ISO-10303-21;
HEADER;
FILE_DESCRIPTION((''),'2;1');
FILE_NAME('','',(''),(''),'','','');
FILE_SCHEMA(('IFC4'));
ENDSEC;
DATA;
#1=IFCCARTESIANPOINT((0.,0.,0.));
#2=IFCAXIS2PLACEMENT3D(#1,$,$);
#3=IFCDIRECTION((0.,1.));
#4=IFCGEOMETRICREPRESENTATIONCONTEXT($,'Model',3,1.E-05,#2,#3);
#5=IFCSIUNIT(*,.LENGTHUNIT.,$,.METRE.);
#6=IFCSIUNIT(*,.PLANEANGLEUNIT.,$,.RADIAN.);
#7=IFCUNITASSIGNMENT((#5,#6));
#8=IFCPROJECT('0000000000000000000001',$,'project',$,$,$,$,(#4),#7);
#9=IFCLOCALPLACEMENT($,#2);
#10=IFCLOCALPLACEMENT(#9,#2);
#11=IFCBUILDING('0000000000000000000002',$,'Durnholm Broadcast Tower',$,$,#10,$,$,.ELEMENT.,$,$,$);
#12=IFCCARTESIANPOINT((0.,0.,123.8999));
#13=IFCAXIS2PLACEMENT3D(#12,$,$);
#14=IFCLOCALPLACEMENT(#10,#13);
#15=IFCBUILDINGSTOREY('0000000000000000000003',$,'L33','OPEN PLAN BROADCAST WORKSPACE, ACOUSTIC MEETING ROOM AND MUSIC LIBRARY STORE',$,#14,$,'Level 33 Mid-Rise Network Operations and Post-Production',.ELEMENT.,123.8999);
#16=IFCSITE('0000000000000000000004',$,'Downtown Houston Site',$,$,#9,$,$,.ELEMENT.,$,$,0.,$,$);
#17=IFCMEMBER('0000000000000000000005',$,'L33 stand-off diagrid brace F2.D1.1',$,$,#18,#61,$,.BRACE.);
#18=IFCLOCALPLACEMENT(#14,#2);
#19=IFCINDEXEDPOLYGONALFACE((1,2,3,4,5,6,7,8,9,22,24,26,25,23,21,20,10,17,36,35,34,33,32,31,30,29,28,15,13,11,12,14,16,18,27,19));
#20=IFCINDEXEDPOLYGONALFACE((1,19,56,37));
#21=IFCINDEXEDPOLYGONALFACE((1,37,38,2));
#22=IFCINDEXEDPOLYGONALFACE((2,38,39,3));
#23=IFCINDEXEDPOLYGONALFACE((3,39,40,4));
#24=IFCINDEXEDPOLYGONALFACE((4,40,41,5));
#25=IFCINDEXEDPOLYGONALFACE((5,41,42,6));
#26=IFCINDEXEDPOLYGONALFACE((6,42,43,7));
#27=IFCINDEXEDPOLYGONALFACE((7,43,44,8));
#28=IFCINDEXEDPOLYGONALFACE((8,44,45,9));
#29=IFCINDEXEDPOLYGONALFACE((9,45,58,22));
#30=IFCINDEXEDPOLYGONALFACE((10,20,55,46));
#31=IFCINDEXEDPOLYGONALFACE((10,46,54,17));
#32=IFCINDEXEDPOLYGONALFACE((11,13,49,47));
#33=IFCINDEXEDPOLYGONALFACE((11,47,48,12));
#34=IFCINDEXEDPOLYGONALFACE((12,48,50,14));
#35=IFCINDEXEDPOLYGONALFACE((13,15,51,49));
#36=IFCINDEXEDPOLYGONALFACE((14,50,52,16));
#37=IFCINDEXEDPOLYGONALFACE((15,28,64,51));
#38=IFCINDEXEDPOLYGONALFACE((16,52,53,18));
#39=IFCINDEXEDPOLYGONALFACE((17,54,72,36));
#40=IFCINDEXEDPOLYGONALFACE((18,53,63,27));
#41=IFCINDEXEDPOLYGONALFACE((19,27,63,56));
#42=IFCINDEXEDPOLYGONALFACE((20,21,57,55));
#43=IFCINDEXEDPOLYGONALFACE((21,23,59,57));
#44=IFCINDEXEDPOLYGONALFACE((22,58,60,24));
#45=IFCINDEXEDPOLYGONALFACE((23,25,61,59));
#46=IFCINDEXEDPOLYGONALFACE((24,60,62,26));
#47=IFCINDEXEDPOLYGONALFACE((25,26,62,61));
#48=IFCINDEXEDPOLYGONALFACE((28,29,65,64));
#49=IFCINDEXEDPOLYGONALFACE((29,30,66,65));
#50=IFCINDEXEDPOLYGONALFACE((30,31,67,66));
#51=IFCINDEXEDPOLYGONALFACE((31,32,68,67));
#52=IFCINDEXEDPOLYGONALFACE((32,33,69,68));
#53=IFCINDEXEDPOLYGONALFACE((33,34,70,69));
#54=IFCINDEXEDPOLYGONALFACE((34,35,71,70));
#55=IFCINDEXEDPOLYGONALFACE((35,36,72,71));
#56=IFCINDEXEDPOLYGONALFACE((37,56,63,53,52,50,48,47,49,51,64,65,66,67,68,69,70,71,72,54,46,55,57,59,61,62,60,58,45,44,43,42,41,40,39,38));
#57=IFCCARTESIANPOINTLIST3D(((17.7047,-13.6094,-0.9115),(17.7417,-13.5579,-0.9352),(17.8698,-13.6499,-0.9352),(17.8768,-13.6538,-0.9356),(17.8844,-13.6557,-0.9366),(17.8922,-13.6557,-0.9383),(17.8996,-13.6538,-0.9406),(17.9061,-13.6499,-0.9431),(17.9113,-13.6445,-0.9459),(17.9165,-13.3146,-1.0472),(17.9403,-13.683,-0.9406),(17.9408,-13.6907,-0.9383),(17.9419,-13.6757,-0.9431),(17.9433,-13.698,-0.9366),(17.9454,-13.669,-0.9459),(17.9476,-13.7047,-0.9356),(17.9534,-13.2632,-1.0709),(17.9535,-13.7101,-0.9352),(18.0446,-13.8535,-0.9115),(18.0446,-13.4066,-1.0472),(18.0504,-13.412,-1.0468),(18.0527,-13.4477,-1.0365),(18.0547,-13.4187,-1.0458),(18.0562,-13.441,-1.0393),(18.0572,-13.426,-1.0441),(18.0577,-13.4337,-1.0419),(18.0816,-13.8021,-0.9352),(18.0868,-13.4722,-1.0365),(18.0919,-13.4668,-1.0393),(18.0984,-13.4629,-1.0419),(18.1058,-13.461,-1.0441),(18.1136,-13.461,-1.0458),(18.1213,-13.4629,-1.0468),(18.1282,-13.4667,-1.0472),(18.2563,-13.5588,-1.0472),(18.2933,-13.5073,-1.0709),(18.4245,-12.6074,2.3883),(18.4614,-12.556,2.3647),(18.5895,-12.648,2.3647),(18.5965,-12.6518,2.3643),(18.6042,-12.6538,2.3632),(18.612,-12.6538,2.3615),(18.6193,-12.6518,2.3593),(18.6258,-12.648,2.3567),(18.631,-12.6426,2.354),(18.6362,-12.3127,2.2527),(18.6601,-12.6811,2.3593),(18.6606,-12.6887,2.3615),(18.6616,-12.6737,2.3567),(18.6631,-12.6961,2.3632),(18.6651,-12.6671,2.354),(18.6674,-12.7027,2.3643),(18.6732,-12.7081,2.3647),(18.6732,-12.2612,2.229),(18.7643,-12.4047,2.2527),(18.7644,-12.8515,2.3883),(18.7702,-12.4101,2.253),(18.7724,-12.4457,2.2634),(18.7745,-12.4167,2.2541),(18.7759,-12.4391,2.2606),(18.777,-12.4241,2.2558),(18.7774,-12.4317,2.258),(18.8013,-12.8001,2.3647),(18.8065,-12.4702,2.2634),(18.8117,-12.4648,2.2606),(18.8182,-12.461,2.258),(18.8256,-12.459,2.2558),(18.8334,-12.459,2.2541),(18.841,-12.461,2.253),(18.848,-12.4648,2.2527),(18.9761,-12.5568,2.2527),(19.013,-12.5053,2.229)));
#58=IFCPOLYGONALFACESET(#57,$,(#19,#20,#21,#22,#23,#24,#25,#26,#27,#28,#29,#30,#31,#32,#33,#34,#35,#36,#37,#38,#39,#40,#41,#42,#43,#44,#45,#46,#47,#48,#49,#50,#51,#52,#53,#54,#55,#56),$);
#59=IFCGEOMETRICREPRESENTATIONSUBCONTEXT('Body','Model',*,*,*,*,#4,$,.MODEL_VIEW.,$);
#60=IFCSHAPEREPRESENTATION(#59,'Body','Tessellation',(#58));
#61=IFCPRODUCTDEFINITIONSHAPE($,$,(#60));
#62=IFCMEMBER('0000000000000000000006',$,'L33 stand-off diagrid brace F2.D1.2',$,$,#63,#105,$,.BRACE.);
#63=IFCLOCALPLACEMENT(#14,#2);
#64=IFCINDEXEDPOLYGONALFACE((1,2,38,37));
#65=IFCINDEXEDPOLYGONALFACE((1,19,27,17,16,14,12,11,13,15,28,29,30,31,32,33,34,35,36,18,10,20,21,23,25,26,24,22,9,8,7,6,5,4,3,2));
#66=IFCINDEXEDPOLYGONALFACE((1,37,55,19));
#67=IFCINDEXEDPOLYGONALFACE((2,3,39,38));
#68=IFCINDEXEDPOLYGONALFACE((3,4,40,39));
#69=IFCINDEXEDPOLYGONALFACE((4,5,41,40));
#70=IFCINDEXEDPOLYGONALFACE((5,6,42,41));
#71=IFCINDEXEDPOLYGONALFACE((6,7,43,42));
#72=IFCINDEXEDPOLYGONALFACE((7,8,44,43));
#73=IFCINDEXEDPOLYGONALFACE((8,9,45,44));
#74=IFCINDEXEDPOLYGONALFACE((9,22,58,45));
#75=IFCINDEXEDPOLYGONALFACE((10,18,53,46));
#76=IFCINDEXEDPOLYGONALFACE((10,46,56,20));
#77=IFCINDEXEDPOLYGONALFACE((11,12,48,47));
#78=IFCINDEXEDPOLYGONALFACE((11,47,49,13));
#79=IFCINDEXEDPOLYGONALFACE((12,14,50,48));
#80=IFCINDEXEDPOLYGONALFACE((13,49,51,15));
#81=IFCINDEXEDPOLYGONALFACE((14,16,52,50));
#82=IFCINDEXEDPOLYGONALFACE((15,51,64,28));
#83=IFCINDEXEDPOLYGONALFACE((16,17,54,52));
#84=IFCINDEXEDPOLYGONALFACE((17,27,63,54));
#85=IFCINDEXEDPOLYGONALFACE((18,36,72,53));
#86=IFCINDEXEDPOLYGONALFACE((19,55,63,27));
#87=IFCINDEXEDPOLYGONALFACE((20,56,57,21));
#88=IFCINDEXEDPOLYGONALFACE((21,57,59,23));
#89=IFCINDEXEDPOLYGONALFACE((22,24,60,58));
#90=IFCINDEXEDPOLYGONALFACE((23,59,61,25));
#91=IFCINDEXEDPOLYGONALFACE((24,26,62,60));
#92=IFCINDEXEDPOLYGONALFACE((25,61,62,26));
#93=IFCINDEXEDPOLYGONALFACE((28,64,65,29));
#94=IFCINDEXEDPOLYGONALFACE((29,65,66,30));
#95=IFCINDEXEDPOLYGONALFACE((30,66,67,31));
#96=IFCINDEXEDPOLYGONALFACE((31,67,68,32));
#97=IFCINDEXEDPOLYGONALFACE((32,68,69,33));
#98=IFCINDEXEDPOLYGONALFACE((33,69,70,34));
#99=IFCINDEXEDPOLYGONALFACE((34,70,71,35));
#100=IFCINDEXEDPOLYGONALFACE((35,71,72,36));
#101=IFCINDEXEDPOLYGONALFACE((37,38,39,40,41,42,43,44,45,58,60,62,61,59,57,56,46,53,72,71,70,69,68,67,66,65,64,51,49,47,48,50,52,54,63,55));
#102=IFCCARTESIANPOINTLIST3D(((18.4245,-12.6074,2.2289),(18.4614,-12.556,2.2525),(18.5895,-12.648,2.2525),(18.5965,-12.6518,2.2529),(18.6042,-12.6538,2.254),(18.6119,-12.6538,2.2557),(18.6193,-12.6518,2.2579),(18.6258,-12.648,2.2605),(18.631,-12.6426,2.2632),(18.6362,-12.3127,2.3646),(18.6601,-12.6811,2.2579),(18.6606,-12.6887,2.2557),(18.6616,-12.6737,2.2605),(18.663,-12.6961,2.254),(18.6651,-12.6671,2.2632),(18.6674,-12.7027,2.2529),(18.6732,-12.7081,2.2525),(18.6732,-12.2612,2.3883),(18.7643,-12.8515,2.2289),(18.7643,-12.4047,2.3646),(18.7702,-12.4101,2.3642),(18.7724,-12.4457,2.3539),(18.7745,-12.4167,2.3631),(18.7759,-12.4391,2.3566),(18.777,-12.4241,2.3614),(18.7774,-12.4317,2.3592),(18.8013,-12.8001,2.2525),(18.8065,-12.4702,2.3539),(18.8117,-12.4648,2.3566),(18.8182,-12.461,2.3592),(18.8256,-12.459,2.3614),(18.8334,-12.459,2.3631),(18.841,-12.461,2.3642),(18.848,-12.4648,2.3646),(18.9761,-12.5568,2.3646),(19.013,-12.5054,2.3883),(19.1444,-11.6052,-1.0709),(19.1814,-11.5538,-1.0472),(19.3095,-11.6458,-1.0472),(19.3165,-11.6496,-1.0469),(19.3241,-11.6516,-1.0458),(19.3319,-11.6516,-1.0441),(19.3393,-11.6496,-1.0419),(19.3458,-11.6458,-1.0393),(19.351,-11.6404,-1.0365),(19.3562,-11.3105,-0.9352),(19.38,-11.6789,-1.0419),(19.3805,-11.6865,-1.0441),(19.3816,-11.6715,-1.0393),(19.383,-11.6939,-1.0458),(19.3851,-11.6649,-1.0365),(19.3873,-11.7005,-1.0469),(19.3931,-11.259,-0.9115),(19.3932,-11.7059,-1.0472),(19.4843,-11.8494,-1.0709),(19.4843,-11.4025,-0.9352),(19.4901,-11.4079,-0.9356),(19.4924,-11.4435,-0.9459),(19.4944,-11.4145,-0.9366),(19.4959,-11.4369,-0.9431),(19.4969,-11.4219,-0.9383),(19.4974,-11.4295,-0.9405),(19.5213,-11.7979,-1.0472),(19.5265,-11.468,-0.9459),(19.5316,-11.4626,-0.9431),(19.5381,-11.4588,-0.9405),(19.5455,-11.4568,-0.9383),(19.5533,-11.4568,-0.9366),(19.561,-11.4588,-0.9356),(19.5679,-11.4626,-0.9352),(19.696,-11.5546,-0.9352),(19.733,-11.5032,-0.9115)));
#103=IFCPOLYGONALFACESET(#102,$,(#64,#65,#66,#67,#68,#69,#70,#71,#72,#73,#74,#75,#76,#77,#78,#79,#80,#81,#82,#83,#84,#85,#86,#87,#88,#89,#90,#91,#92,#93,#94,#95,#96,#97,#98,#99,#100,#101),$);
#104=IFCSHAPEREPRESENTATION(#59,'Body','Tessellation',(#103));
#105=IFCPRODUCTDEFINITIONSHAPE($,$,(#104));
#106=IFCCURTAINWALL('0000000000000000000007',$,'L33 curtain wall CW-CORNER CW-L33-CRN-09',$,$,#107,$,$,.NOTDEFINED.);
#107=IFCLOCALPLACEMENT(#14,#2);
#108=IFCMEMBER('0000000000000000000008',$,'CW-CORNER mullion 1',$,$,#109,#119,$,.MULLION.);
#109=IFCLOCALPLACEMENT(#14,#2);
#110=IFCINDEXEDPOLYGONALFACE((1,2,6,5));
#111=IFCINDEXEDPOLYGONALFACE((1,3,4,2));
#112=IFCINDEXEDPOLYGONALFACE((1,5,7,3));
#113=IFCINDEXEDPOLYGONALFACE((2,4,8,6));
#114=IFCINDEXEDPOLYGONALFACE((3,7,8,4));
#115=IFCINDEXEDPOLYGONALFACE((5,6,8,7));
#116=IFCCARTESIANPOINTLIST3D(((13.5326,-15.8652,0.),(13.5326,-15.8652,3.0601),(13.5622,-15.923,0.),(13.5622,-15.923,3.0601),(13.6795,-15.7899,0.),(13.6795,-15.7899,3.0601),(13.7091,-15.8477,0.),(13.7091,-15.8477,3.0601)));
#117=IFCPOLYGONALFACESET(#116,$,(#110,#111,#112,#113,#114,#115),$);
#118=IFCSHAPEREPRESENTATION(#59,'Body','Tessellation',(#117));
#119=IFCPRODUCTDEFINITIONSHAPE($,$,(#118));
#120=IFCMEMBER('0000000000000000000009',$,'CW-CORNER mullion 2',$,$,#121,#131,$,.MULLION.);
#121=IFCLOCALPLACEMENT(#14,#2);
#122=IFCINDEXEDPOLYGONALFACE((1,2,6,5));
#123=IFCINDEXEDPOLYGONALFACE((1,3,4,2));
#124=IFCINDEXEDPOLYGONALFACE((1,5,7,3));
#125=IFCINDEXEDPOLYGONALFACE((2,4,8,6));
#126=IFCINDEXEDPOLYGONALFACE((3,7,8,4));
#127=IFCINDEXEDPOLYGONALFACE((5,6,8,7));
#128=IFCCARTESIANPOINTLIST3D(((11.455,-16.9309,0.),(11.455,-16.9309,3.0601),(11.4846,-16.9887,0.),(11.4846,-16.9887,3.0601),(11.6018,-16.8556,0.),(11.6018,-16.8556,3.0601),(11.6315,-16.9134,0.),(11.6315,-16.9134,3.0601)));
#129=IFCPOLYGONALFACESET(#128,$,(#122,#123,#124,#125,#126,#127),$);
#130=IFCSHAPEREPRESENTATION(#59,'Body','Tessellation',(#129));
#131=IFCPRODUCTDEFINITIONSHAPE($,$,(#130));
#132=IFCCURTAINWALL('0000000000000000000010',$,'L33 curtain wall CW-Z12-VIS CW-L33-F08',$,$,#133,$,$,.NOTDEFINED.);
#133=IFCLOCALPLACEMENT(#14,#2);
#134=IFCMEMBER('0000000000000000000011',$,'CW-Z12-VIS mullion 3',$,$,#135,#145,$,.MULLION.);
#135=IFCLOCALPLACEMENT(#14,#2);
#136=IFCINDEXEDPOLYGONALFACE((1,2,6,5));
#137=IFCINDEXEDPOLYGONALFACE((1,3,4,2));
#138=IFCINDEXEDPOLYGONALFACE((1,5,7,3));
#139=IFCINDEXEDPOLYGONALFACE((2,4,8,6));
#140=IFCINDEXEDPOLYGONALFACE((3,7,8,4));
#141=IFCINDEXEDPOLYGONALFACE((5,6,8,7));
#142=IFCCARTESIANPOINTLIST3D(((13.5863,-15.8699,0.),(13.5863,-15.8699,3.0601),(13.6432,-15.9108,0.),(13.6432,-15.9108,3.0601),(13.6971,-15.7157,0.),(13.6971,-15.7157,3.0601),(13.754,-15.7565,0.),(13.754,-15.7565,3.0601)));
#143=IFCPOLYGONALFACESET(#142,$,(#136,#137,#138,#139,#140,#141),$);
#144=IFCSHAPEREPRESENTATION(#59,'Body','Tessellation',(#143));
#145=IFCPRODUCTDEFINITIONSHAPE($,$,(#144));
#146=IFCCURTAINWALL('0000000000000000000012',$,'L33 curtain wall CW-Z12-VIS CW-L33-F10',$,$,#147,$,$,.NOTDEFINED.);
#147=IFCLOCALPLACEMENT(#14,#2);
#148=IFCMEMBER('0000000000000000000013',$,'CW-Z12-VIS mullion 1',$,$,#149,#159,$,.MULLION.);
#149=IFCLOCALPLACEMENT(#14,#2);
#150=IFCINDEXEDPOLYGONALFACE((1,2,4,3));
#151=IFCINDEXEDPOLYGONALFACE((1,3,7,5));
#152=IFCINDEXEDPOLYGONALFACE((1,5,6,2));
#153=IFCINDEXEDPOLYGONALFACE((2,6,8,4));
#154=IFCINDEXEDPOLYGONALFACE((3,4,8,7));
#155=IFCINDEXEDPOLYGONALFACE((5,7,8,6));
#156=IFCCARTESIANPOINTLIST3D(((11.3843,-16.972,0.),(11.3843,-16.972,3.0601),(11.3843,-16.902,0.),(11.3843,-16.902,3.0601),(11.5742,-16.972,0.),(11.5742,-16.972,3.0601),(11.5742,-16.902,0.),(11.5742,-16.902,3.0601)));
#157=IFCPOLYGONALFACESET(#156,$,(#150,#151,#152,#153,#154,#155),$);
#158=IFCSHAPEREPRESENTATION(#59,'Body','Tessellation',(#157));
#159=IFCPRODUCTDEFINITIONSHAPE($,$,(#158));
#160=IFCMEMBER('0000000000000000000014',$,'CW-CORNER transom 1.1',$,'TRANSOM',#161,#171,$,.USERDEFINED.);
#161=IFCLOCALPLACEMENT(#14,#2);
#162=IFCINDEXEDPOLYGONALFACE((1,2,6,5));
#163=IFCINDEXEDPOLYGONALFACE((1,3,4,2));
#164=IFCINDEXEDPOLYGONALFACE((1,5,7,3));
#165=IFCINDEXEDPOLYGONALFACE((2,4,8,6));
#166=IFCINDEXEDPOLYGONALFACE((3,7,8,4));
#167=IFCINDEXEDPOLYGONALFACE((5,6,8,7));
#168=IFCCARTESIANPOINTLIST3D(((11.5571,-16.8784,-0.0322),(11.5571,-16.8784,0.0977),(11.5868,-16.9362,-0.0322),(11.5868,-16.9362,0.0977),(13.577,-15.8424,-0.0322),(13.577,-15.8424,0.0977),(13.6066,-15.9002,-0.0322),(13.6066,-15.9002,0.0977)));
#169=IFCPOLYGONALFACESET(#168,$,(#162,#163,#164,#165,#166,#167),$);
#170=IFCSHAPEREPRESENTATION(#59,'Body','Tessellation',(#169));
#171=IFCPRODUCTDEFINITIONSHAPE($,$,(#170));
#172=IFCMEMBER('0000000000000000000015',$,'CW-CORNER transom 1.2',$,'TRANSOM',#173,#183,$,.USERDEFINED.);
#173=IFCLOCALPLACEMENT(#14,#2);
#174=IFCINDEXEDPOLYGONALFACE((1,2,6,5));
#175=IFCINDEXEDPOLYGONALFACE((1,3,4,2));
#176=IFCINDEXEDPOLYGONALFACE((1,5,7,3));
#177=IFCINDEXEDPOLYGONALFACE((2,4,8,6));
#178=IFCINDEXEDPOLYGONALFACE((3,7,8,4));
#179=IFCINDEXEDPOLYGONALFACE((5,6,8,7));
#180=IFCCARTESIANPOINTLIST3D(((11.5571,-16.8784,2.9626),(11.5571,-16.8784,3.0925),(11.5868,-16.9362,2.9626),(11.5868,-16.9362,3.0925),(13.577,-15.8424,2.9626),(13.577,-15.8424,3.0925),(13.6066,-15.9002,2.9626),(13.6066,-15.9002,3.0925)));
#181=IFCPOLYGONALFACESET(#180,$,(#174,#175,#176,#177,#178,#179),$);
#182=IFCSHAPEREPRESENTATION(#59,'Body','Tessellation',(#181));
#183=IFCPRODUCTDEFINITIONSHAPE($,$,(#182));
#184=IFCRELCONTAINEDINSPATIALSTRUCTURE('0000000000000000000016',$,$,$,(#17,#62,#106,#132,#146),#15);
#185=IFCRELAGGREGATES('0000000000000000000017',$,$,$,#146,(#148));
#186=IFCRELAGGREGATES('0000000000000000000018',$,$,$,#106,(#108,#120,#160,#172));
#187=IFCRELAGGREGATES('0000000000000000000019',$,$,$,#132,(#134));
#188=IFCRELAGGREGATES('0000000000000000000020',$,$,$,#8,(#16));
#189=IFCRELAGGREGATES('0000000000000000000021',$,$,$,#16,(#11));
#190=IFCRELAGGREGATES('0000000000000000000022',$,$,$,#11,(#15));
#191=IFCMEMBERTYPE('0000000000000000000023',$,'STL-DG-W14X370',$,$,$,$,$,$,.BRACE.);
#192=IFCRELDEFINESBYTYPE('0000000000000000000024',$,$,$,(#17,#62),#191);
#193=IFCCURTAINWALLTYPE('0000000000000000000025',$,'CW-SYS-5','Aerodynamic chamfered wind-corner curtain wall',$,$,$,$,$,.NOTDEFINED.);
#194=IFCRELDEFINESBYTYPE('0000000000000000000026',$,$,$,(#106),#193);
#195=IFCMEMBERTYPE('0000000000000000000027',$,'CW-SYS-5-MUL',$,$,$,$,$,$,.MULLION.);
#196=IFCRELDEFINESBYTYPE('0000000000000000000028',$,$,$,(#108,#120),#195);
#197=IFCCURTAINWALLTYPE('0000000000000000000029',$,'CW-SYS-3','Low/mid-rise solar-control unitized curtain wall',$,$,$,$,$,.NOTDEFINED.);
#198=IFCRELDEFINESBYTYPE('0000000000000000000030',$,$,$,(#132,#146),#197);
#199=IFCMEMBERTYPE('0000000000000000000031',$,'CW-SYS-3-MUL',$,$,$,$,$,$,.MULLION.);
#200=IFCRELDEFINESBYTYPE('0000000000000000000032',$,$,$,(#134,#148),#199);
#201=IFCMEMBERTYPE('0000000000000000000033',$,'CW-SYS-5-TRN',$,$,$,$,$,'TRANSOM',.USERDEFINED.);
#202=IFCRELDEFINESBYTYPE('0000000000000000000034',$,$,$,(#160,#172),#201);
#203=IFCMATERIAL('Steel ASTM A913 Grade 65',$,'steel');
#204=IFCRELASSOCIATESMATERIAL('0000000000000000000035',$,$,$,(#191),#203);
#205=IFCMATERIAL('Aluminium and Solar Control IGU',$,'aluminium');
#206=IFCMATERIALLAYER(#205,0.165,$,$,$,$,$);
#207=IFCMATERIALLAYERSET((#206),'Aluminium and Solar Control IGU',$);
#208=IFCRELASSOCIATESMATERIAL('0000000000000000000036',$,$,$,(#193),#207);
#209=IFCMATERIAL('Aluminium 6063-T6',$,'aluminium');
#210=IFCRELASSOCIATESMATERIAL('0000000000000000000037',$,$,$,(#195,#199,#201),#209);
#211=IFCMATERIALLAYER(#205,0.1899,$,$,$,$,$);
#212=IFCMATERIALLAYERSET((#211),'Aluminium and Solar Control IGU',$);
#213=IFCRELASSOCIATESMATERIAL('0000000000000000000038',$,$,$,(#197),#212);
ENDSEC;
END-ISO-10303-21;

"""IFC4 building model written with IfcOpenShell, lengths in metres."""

from ifc_helpers import new_model, si_unit, direction, frame, origin, origin_2d, place, context, subcontext, project, spatial, rectangle, i_section, extrude, source, transform, mapped, material, layer, layer_set, material_profile, profile_set, type_object, type_shapes, element, aggregate, save


model = new_model("IFC4")

# Units and contexts
model_context = context("Model", 3, precision=1e-05, world=origin(), true_north=direction((0.0, 1.0)))
body_context = subcontext(model_context, "Body", "Model", "MODEL_VIEW")
ifc_project = project(units=[si_unit("LENGTHUNIT", "METRE"), si_unit("PLANEANGLEUNIT", "RADIAN")], contexts=[model_context])

# Site, building, storey
site_placement = place(None, origin())
site = spatial("IfcSite", under=ifc_project, at=site_placement, Name="Downtown Houston Site", CompositionType="ELEMENT", RefElevation=0.0)
building_placement = place(site_placement, origin())
building = spatial("IfcBuilding", under=site, at=building_placement, Name="Durnholm Broadcast Tower", CompositionType="ELEMENT")
storey_placement = place(building_placement, frame((0.0, 0.0, 123.8999)))
storey = spatial("IfcBuildingStorey", under=building, at=storey_placement, Name="L33", Description="OPEN PLAN BROADCAST WORKSPACE, ACOUSTIC MEETING ROOM AND MUSIC LIBRARY STORE", LongName="Level 33 Mid-Rise Network Operations and Post-Production", CompositionType="ELEMENT", Elevation=123.8999)

# Members
ifc_material_1 = material(Name="Steel ASTM A913 Grade 65", Category="steel")
ifc_material_profile_1 = material_profile(ifc_material_1, i_section(OverallWidth=0.4185, OverallDepth=0.4551, WebThickness=0.042, FlangeThickness=0.0676, FilletRadius=0.0305, at=origin_2d()), Name="W14X370")
ifc_profile_set_1 = profile_set([ifc_material_profile_1], Name="Steel ASTM A913 Grade 65")
member_type_1 = type_object("IfcMemberType", Name="STL-DG-W14X370", PredefinedType="BRACE", material=ifc_profile_set_1)
shared_shape_1 = source(origin(), body_context, "Body", "SweptSolid", [
    extrude(i_section(OverallWidth=0.4185, OverallDepth=0.4551, WebThickness=0.042, FlangeThickness=0.0676, FilletRadius=0.0305, at=origin_2d()), origin(), (0.0, 0.0, 1.0), 3.5229),
])
type_shapes(member_type_1, [shared_shape_1])
for number, where, z_axis, x_axis, name in (
    (1, (17.999, -13.5583, -0.9912), (0.204301, 0.284414, 0.93668), (-0.812179, 0.583408, 0.0), "L33 stand-off diagrid brace F2.D1.1"),
    (2, (19.4387, -11.5542, -0.9912), (-0.204363, -0.284473, 0.936649), (0.812153, -0.583444, 0.0), "L33 stand-off diagrid brace F2.D1.2"),
):
    element("IfcMember", number, at=place(storey_placement, frame(where, z_axis=z_axis, x_axis=x_axis)), inside=storey, type_object=member_type_1, Name=name, PredefinedType="BRACE", context=body_context, shape_type="MappedRepresentation", body=[
        mapped(shared_shape_1, transform((0.0, 0.0, 0.0), x_axis=(1.0, 0.0, 0.0), y_axis=(0.0, 1.0, 0.0), z_axis=(0.0, 0.0, 1.0), scale=1.0)),
    ])

# Curtain wall, members
ifc_material_2 = material(Name="Aluminium and Solar Control IGU", Category="aluminium")
ifc_layer_1 = layer(ifc_material_2, 0.165)
ifc_layer_set_1 = layer_set([ifc_layer_1], Name="Aluminium and Solar Control IGU")
curtain_wall_type_1 = type_object("IfcCurtainWallType", Name="CW-SYS-5", Description="Aerodynamic chamfered wind-corner curtain wall", PredefinedType="NOTDEFINED", material=ifc_layer_set_1)
curtain_wall_1_placement = place(storey_placement, origin())
curtain_wall_1 = element("IfcCurtainWall", 3, at=curtain_wall_1_placement, inside=storey, type_object=curtain_wall_type_1, Name="L33 curtain wall CW-CORNER CW-L33-CRN-09", PredefinedType="NOTDEFINED")
ifc_material_3 = material(Name="Aluminium 6063-T6", Category="aluminium")
ifc_material_profile_2 = material_profile(ifc_material_3, rectangle(XDim=0.0649, YDim=0.165, at=origin_2d()), Name="CWM65X165")
ifc_profile_set_2 = profile_set([ifc_material_profile_2], Name="Aluminium 6063-T6")
member_type_2 = type_object("IfcMemberType", Name="CW-SYS-5-MUL", PredefinedType="MULLION", material=ifc_profile_set_2)
shared_shape_2 = source(origin(), body_context, "Body", "SweptSolid", [
    extrude(rectangle(XDim=0.0649, YDim=0.165, at=origin_2d()), origin(), (0.0, 0.0, 1.0), 3.0601),
])
type_shapes(member_type_2, [shared_shape_2])
member_1_placement = place(storey_placement, frame((13.6208, -15.8564, 0.0), z_axis=(0.0, 0.0, 1.0), x_axis=(0.456373, -0.889788, 0.0)))
member_1 = element("IfcMember", 4, at=member_1_placement, type_object=member_type_2, Name="CW-CORNER mullion 1", PredefinedType="MULLION", context=body_context, shape_type="MappedRepresentation", body=[
    mapped(shared_shape_2, transform((0.0, 0.0, 0.0), x_axis=(1.0, 0.0, 0.0), y_axis=(0.0, 1.0, 0.0), z_axis=(0.0, 0.0, 1.0), scale=1.0)),
])
member_2_placement = place(storey_placement, frame((11.5432, -16.9221, 0.0), z_axis=(0.0, 0.0, 1.0), x_axis=(0.456373, -0.889788, 0.0)))
member_2 = element("IfcMember", 5, at=member_2_placement, type_object=member_type_2, Name="CW-CORNER mullion 2", PredefinedType="MULLION", context=body_context, shape_type="MappedRepresentation", body=[
    mapped(shared_shape_2, transform((0.0, 0.0, 0.0), x_axis=(1.0, 0.0, 0.0), y_axis=(0.0, 1.0, 0.0), z_axis=(0.0, 0.0, 1.0), scale=1.0)),
])

# Curtain walls, members
ifc_layer_2 = layer(ifc_material_2, 0.1899)
ifc_layer_set_2 = layer_set([ifc_layer_2], Name="Aluminium and Solar Control IGU")
curtain_wall_type_2 = type_object("IfcCurtainWallType", Name="CW-SYS-3", Description="Low/mid-rise solar-control unitized curtain wall", PredefinedType="NOTDEFINED", material=ifc_layer_set_2)
curtain_wall_2_placement = place(storey_placement, origin())
curtain_wall_2 = element("IfcCurtainWall", 6, at=curtain_wall_2_placement, inside=storey, type_object=curtain_wall_type_2, Name="L33 curtain wall CW-Z12-VIS CW-L33-F08", PredefinedType="NOTDEFINED")
ifc_material_profile_3 = material_profile(ifc_material_3, rectangle(XDim=0.0701, YDim=0.1899, at=origin_2d()), Name="CWM70X190")
ifc_profile_set_3 = profile_set([ifc_material_profile_3], Name="Aluminium 6063-T6")
member_type_3 = type_object("IfcMemberType", Name="CW-SYS-3-MUL", PredefinedType="MULLION", material=ifc_profile_set_3)
shared_shape_3 = source(origin(), body_context, "Body", "SweptSolid", [
    extrude(rectangle(XDim=0.0701, YDim=0.1899, at=origin_2d()), origin(), (0.0, 0.0, 1.0), 3.0601),
])
type_shapes(member_type_3, [shared_shape_3])
member_3_placement = place(storey_placement, frame((13.6702, -15.8132, 0.0), z_axis=(0.0, 0.0, 1.0), x_axis=(0.812152, -0.583445, 0.0)))
member_3 = element("IfcMember", 7, at=member_3_placement, type_object=member_type_3, Name="CW-Z12-VIS mullion 3", PredefinedType="MULLION", context=body_context, shape_type="MappedRepresentation", body=[
    mapped(shared_shape_3, transform((0.0, 0.0, 0.0), x_axis=(1.0, 0.0, 0.0), y_axis=(0.0, 1.0, 0.0), z_axis=(0.0, 0.0, 1.0), scale=1.0)),
])
curtain_wall_3_placement = place(storey_placement, origin())
curtain_wall_3 = element("IfcCurtainWall", 8, at=curtain_wall_3_placement, inside=storey, type_object=curtain_wall_type_2, Name="L33 curtain wall CW-Z12-VIS CW-L33-F10", PredefinedType="NOTDEFINED")
member_4_placement = place(storey_placement, frame((11.4792, -16.937, 0.0), z_axis=(0.0, 0.0, 1.0), x_axis=(0.0, -1.0, 0.0)))
member_4 = element("IfcMember", 9, at=member_4_placement, type_object=member_type_3, Name="CW-Z12-VIS mullion 1", PredefinedType="MULLION", context=body_context, shape_type="MappedRepresentation", body=[
    mapped(shared_shape_3, transform((0.0, 0.0, 0.0), x_axis=(1.0, 0.0, 0.0), y_axis=(0.0, 1.0, 0.0), z_axis=(0.0, 0.0, 1.0), scale=1.0)),
])
aggregate(curtain_wall_3, [member_4])

# Members
ifc_material_profile_4 = material_profile(ifc_material_3, rectangle(XDim=0.0649, YDim=0.1299, at=origin_2d()), Name="CWT65X130")
ifc_profile_set_4 = profile_set([ifc_material_profile_4], Name="Aluminium 6063-T6")
member_type_4 = type_object("IfcMemberType", Name="CW-SYS-5-TRN", ElementType="TRANSOM", PredefinedType="USERDEFINED", material=ifc_profile_set_4)
shared_shape_4 = source(origin(), body_context, "Body", "SweptSolid", [
    extrude(rectangle(XDim=0.0649, YDim=0.1299, at=origin_2d()), origin(), (0.0, 0.0, 1.0), 2.27),
])
type_shapes(member_type_4, [shared_shape_4])
member_5_placement = place(storey_placement, frame((13.5918, -15.8713, 0.0327), z_axis=(-0.889798, -0.456354, 0.0), x_axis=(0.456354, -0.889798, 0.0)))
member_5 = element("IfcMember", 10, at=member_5_placement, type_object=member_type_4, Name="CW-CORNER transom 1.1", ObjectType="TRANSOM", PredefinedType="USERDEFINED", context=body_context, shape_type="MappedRepresentation", body=[
    mapped(shared_shape_4, transform((0.0, 0.0, 0.0), x_axis=(1.0, 0.0, 0.0), y_axis=(0.0, 1.0, 0.0), z_axis=(0.0, 0.0, 1.0), scale=1.0)),
])
member_6_placement = place(storey_placement, frame((13.5918, -15.8713, 3.0276), z_axis=(-0.889798, -0.456354, 0.0), x_axis=(0.456354, -0.889798, 0.0)))
member_6 = element("IfcMember", 11, at=member_6_placement, type_object=member_type_4, Name="CW-CORNER transom 1.2", ObjectType="TRANSOM", PredefinedType="USERDEFINED", context=body_context, shape_type="MappedRepresentation", body=[
    mapped(shared_shape_4, transform((0.0, 0.0, 0.0), x_axis=(1.0, 0.0, 0.0), y_axis=(0.0, 1.0, 0.0), z_axis=(0.0, 0.0, 1.0), scale=1.0)),
])

aggregate(curtain_wall_1, [member_1, member_2, member_5, member_6])
aggregate(curtain_wall_2, [member_3])

save(model, "model.ifc")
